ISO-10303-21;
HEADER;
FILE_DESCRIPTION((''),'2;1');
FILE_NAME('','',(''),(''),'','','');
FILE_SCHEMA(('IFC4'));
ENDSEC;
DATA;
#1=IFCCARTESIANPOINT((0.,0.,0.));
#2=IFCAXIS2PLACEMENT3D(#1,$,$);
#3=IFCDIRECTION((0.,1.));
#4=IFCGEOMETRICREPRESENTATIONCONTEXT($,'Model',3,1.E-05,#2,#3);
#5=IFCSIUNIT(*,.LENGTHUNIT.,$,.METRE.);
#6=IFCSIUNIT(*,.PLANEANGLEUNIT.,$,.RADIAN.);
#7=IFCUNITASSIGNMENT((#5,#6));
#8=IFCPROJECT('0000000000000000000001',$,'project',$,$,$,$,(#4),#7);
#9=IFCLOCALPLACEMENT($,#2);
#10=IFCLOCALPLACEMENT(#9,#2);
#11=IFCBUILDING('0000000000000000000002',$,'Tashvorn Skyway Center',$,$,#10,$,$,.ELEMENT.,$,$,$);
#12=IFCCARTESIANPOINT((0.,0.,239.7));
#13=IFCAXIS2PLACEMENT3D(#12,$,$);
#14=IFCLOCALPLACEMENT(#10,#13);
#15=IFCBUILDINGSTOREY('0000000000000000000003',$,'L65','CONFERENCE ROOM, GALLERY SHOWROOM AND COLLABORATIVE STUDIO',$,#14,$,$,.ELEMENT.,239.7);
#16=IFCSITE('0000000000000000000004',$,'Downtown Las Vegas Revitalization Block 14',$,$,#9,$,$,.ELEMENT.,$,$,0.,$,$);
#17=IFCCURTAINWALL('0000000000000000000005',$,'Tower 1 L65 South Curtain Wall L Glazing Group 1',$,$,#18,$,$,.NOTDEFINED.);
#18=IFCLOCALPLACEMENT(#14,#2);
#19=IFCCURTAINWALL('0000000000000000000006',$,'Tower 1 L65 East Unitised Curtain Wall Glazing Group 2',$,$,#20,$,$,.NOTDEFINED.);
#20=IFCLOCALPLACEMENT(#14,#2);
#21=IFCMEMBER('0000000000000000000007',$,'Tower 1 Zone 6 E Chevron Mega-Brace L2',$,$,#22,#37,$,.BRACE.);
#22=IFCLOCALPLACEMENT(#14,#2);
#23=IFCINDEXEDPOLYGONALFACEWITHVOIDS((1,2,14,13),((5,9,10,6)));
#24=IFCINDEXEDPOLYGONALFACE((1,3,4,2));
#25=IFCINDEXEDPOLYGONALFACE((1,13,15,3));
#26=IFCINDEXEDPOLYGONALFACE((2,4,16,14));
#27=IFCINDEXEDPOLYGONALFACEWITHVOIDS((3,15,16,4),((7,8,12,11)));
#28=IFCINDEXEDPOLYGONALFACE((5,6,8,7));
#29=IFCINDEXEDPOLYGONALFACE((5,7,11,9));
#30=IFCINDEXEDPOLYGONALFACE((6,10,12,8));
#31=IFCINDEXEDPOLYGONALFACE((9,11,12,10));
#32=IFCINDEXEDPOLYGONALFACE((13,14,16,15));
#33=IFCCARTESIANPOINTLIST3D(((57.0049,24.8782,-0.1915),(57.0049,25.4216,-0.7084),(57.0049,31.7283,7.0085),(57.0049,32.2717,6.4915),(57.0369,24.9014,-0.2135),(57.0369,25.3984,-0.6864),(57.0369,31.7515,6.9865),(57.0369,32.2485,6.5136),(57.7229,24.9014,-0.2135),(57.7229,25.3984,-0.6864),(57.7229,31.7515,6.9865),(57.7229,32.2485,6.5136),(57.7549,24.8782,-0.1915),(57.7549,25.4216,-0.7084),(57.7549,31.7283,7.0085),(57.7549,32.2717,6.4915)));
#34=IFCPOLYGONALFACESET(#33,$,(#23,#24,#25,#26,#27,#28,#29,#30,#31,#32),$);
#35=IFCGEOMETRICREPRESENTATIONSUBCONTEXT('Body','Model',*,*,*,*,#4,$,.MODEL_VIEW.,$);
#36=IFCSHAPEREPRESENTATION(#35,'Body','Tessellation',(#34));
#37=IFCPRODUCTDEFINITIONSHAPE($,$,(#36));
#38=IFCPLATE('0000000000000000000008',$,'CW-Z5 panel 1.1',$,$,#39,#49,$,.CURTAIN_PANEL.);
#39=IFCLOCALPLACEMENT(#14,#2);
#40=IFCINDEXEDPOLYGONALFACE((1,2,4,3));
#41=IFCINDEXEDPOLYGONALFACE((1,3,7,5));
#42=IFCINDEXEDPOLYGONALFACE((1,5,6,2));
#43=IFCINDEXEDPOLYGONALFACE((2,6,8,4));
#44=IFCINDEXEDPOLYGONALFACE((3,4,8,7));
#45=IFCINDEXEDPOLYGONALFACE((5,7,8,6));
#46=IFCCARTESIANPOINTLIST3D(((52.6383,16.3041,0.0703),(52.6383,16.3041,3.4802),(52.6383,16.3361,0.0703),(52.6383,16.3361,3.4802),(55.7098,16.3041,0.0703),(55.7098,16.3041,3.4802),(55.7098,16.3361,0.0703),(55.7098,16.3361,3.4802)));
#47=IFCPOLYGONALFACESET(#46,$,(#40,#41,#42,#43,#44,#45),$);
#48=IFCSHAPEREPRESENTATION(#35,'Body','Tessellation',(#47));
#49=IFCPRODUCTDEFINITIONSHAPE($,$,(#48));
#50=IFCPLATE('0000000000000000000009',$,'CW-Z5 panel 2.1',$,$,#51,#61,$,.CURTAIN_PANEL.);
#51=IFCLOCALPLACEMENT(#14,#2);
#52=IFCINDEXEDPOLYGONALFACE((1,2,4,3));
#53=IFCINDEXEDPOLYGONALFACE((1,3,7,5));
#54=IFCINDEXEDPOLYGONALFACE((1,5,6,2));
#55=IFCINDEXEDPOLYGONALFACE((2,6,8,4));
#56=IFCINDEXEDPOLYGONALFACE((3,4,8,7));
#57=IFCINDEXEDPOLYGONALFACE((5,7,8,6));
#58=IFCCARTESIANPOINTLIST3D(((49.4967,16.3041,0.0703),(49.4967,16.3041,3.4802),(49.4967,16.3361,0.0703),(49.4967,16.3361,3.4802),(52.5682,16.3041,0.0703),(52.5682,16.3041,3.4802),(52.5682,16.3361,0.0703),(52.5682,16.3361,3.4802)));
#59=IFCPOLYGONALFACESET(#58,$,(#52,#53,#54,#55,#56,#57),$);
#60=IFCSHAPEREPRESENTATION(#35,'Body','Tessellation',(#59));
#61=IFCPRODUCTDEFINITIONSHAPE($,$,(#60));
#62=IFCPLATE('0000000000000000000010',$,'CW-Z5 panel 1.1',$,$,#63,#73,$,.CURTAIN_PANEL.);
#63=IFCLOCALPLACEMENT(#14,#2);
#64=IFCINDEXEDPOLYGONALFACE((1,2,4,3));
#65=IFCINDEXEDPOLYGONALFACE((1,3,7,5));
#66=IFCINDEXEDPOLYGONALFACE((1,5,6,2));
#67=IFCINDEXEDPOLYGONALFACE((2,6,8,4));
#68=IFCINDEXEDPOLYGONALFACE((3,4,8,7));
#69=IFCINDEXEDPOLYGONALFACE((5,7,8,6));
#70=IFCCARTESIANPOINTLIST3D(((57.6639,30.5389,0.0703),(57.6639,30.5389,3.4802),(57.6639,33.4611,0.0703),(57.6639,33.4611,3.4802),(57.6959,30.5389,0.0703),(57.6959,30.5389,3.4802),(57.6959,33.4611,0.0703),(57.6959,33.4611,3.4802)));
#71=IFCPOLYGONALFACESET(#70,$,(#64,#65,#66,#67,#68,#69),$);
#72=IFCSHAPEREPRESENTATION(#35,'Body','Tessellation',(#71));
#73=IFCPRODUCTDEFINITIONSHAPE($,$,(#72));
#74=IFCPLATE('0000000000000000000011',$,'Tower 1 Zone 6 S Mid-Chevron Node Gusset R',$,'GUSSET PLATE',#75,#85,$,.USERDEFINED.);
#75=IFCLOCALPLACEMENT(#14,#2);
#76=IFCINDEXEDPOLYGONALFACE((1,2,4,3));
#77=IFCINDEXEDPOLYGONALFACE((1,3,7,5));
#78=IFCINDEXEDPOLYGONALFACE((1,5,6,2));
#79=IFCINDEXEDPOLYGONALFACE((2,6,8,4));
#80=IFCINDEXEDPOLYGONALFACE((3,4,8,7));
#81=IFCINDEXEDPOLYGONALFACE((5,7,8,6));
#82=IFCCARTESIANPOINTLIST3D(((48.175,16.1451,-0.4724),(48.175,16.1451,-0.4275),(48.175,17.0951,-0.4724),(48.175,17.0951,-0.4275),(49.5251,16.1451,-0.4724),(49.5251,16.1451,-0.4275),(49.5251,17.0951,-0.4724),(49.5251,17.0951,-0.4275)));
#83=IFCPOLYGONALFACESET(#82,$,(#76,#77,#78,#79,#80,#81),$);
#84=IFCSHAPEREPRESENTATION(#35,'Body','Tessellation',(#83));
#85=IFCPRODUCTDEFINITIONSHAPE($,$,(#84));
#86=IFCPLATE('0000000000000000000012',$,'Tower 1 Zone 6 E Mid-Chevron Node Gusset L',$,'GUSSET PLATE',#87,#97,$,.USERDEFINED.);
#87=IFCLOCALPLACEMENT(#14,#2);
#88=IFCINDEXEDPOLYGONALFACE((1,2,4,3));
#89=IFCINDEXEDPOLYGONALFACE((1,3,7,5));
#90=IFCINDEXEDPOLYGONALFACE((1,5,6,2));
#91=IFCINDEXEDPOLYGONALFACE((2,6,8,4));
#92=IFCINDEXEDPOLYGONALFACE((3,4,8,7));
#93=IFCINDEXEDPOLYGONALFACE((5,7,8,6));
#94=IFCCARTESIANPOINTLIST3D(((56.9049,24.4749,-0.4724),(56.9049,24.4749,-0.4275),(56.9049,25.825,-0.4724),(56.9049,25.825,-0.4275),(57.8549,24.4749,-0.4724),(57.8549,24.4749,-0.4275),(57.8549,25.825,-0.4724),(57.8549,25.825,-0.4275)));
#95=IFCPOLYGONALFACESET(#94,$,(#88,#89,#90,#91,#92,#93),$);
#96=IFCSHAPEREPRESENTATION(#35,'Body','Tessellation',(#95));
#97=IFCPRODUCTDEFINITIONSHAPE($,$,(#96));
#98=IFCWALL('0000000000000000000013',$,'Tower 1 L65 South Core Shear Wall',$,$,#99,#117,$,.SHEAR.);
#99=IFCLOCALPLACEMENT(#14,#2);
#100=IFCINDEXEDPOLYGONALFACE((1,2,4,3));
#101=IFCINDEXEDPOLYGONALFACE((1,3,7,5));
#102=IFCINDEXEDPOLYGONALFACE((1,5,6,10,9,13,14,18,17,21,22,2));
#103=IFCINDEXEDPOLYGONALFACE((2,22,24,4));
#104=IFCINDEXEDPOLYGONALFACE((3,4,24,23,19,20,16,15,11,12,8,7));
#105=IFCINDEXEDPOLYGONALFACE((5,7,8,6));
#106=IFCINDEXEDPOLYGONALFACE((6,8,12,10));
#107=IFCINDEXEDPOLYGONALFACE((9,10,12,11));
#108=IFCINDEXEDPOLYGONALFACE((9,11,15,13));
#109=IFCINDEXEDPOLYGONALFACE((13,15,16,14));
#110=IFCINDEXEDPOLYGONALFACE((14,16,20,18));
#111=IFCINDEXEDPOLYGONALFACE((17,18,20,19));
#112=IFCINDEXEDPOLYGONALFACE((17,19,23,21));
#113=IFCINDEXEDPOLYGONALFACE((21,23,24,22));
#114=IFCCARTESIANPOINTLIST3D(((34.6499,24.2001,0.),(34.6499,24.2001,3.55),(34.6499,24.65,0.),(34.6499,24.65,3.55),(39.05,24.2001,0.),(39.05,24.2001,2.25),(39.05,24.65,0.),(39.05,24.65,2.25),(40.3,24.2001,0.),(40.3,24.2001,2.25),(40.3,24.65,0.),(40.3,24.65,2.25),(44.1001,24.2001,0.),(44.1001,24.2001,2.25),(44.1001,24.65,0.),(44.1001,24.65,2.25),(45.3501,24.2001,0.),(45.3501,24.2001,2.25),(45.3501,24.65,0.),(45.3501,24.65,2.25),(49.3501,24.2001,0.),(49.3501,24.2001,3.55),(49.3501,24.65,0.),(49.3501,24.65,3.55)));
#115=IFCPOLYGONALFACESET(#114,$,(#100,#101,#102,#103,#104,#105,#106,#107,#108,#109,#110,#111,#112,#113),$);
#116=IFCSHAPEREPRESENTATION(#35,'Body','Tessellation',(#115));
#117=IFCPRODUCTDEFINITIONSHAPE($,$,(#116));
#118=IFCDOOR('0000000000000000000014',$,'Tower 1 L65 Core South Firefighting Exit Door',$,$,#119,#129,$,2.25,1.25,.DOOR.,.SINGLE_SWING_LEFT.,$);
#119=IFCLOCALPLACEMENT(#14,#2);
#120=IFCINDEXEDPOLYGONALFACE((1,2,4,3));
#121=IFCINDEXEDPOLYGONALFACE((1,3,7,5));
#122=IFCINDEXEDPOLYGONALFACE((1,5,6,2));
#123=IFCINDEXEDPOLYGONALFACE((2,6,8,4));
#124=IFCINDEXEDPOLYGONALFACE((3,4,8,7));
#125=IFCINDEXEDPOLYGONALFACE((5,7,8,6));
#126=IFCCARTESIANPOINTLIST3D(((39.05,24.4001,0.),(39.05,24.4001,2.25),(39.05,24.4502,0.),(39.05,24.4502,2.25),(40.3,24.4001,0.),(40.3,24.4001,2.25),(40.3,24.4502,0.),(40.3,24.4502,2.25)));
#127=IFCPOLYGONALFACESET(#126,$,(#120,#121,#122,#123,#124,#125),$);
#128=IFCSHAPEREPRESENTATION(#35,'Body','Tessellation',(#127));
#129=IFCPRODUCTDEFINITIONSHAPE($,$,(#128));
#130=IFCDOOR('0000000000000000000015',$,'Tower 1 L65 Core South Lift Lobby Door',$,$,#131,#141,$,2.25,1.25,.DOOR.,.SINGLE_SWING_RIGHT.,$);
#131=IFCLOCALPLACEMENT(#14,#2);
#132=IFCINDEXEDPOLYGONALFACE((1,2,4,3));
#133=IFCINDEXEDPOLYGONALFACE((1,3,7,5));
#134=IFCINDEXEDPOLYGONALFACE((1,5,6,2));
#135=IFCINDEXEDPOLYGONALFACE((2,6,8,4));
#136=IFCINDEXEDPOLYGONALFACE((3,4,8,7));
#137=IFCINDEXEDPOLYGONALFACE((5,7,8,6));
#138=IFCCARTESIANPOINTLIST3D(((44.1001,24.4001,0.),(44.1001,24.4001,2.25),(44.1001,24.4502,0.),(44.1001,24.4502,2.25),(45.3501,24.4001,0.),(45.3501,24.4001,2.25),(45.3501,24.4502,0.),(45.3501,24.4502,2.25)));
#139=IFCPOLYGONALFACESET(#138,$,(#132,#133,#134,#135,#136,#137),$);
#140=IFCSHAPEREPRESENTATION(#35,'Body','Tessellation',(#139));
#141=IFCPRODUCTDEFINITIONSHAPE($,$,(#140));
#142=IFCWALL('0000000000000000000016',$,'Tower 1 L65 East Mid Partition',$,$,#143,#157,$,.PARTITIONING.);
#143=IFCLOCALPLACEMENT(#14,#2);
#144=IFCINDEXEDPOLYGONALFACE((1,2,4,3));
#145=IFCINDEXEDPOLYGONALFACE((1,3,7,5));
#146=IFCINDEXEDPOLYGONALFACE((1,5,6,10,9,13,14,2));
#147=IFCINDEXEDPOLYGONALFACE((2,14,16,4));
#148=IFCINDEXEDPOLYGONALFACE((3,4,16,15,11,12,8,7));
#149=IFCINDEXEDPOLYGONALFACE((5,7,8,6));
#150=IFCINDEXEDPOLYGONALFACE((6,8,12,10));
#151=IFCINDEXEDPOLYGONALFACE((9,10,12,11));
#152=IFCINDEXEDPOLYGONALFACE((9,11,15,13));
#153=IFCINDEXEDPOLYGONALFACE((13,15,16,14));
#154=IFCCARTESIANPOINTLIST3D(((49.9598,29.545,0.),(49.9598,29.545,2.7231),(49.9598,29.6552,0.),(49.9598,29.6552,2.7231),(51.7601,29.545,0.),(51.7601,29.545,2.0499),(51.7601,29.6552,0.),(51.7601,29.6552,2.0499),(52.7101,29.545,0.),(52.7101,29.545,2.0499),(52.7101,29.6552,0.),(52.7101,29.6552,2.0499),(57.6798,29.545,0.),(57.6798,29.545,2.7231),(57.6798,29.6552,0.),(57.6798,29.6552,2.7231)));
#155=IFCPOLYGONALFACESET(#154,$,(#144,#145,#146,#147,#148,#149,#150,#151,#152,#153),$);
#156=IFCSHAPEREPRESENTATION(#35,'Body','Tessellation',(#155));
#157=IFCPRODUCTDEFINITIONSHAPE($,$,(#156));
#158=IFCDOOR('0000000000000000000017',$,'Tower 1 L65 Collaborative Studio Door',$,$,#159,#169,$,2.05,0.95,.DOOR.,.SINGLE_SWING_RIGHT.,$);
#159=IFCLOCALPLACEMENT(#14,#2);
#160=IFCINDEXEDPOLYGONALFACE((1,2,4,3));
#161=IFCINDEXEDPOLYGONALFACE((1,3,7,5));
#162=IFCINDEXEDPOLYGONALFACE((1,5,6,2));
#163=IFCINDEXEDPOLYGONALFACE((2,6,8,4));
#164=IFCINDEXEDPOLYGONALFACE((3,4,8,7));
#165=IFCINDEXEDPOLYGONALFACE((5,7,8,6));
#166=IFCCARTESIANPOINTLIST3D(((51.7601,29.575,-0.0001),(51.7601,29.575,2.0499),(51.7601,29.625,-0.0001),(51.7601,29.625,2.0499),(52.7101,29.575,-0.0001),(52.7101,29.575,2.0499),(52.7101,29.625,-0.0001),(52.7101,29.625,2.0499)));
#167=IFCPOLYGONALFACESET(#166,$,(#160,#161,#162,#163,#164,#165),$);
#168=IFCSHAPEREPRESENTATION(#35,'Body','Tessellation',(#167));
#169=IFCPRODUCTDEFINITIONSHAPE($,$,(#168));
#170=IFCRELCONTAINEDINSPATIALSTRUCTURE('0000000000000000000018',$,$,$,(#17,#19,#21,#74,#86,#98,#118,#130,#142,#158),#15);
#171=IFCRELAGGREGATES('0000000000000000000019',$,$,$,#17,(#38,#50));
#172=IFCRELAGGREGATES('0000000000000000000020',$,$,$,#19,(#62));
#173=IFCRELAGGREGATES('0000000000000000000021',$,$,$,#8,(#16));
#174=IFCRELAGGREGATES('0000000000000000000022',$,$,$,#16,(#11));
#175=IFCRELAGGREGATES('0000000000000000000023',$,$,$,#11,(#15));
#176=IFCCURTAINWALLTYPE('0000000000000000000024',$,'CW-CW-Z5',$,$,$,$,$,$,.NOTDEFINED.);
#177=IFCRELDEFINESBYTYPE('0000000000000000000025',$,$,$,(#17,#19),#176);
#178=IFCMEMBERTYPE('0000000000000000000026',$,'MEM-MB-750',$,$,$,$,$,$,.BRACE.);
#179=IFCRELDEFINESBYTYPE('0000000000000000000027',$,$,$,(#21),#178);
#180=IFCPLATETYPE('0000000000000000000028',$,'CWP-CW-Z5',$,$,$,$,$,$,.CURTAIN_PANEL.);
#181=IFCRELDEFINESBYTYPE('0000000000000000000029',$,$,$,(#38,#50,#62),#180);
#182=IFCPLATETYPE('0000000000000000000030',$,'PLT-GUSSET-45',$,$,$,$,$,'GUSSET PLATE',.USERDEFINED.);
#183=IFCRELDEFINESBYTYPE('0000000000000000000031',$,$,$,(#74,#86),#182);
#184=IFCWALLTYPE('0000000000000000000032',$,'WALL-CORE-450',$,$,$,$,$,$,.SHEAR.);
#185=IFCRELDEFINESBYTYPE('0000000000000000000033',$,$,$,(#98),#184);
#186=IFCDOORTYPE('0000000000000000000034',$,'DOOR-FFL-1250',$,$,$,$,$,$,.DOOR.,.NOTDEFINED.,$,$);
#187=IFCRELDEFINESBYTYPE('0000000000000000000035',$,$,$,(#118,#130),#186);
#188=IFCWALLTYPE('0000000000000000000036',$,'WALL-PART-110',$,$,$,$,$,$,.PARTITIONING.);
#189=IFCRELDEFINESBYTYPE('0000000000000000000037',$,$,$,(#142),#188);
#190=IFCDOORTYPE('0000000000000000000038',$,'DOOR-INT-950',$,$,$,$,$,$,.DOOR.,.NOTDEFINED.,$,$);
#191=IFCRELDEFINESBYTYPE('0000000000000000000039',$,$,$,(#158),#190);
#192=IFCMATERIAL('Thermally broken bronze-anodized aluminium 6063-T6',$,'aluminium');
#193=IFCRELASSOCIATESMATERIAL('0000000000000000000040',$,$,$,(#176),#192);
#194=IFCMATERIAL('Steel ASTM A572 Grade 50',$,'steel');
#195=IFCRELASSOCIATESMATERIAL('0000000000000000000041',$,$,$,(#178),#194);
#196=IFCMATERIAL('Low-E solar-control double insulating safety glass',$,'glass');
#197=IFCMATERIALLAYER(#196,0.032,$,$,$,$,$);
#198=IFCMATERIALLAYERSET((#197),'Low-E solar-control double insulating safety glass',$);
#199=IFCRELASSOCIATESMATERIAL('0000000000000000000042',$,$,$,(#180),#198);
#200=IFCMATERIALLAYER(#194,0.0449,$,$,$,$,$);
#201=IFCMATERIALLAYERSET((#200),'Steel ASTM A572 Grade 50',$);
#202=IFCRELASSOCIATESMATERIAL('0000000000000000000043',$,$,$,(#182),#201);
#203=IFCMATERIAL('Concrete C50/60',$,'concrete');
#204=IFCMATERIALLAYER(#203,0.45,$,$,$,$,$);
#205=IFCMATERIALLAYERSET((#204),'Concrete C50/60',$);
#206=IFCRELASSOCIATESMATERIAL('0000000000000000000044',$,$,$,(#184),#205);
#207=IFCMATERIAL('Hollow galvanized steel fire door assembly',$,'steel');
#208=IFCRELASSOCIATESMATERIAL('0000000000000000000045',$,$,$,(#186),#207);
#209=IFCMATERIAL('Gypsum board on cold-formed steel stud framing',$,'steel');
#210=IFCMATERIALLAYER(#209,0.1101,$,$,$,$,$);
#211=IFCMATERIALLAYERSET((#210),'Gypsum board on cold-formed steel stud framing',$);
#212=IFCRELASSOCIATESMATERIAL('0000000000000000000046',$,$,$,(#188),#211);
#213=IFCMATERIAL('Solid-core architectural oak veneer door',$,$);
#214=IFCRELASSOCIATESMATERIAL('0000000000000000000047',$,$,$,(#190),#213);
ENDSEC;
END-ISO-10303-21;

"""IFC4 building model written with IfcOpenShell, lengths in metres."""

from ifc_helpers import new_model, si_unit, direction, frame, frame_2d, origin, origin_2d, place, context, subcontext, project, spatial, rectangle, hollow_rectangle, extrude, material, layer, layer_set, material_profile, profile_set, type_object, element, fill, aggregate, save


model = new_model("IFC4")

# Units and contexts
model_context = context("Model", 3, precision=1e-05, world=origin(), true_north=direction((0.0, 1.0)))
body_context = subcontext(model_context, "Body", "Model", "MODEL_VIEW")
ifc_project = project(units=[si_unit("LENGTHUNIT", "METRE"), si_unit("PLANEANGLEUNIT", "RADIAN")], contexts=[model_context])

# Site, building, storey
site_placement = place(None, origin())
site = spatial("IfcSite", under=ifc_project, at=site_placement, Name="Downtown Las Vegas Revitalization Block 14", CompositionType="ELEMENT", RefElevation=0.0)
building_placement = place(site_placement, origin())
building = spatial("IfcBuilding", under=site, at=building_placement, Name="Tashvorn Skyway Center", CompositionType="ELEMENT")
storey_placement = place(building_placement, frame((0.0, 0.0, 239.7)))
storey = spatial("IfcBuildingStorey", under=building, at=storey_placement, Name="L65", Description="CONFERENCE ROOM, GALLERY SHOWROOM AND COLLABORATIVE STUDIO", CompositionType="ELEMENT", Elevation=239.7)

# Shared definitions
ifc_material_1 = material(Name="Steel ASTM A572 Grade 50", Category="steel")

# Curtain wall
ifc_material_2 = material(Name="Thermally broken bronze-anodized aluminium 6063-T6", Category="aluminium")
curtain_wall_type = type_object("IfcCurtainWallType", Name="CW-CW-Z5", PredefinedType="NOTDEFINED", material=ifc_material_2)
curtain_wall_1_placement = place(storey_placement, origin())
curtain_wall_1 = element("IfcCurtainWall", 1, at=curtain_wall_1_placement, inside=storey, type_object=curtain_wall_type, Name="Tower 1 L65 South Curtain Wall L Glazing Group 1", PredefinedType="NOTDEFINED")

# Curtain wall
curtain_wall_2_placement = place(storey_placement, origin())
curtain_wall_2 = element("IfcCurtainWall", 2, at=curtain_wall_2_placement, inside=storey, type_object=curtain_wall_type, Name="Tower 1 L65 East Unitised Curtain Wall Glazing Group 2", PredefinedType="NOTDEFINED")

# Member
ifc_material_profile_1 = material_profile(ifc_material_1, hollow_rectangle(XDim=0.75, YDim=0.75, WallThickness=0.032, at=origin_2d()), Name="BOX750x750x32")
ifc_profile_set_1 = profile_set([ifc_material_profile_1], Name="Steel ASTM A572 Grade 50")
member_type_1 = type_object("IfcMemberType", Name="MEM-MB-750", PredefinedType="BRACE", material=ifc_profile_set_1)
member_1_placement = place(storey_placement, frame((57.3799, 25.1499, -0.45), z_axis=(0.0, 0.689286, 0.72449), x_axis=(-1.0, 0.0, 0.0)))
element("IfcMember", 3, at=member_1_placement, inside=storey, type_object=member_type_1, Name="Tower 1 Zone 6 E Chevron Mega-Brace L2", PredefinedType="BRACE", context=body_context, shape_type="SweptSolid", body=[
    extrude(hollow_rectangle(XDim=0.75, YDim=0.75, WallThickness=0.032, at=origin_2d()), origin(), (0.0, 0.0, 1.0), 9.938),
])

# Plates
ifc_material_3 = material(Name="Low-E solar-control double insulating safety glass", Category="glass")
ifc_layer_1 = layer(ifc_material_3, 0.032)
ifc_layer_set_1 = layer_set([ifc_layer_1], Name="Low-E solar-control double insulating safety glass")
plate_type_1 = type_object("IfcPlateType", Name="CWP-CW-Z5", PredefinedType="CURTAIN_PANEL", material=ifc_layer_set_1)
plate_1_placement = place(storey_placement, frame((54.1741, 16.3201, 0.0703), z_axis=(0.0, 0.0, 1.0), x_axis=(-1.0, 0.0, 0.0)))
plate_1 = element("IfcPlate", 4, at=plate_1_placement, type_object=plate_type_1, Name="CW-Z5 panel 1.1", PredefinedType="CURTAIN_PANEL", context=body_context, shape_type="SweptSolid", body=[
    extrude(rectangle(XDim=3.0715, YDim=0.032, at=origin_2d()), origin(), (0.0, 0.0, 1.0), 3.4099),
])
plate_2_placement = place(storey_placement, frame((51.0325, 16.3201, 0.0703), z_axis=(0.0, 0.0, 1.0), x_axis=(-1.0, 0.0, 0.0)))
plate_2 = element("IfcPlate", 5, at=plate_2_placement, type_object=plate_type_1, Name="CW-Z5 panel 2.1", PredefinedType="CURTAIN_PANEL", context=body_context, shape_type="SweptSolid", body=[
    extrude(rectangle(XDim=3.0715, YDim=0.032, at=origin_2d()), origin(), (0.0, 0.0, 1.0), 3.4099),
])
aggregate(curtain_wall_1, [plate_1, plate_2])
plate_3_placement = place(storey_placement, frame((57.6799, 32.0, 0.0703), z_axis=(0.0, 0.0, 1.0), x_axis=(0.0, -1.0, 0.0)))
plate_3 = element("IfcPlate", 6, at=plate_3_placement, type_object=plate_type_1, Name="CW-Z5 panel 1.1", PredefinedType="CURTAIN_PANEL", context=body_context, shape_type="SweptSolid", body=[
    extrude(rectangle(XDim=2.9221, YDim=0.032, at=origin_2d()), origin(), (0.0, 0.0, 1.0), 3.4099),
])
aggregate(curtain_wall_2, [plate_3])

# Plates
ifc_layer_2 = layer(ifc_material_1, 0.0449)
ifc_layer_set_2 = layer_set([ifc_layer_2], Name="Steel ASTM A572 Grade 50")
plate_type_2 = type_object("IfcPlateType", Name="PLT-GUSSET-45", ElementType="GUSSET PLATE", PredefinedType="USERDEFINED", material=ifc_layer_set_2)
for number, where, z_axis, x_axis, name in (
    (7, (48.8501, 16.6201, -0.4724), (0.0, 0.0, 1.0), (1.0, 0.0, 0.0), "Tower 1 Zone 6 S Mid-Chevron Node Gusset R"),
    (8, (57.3799, 25.1499, -0.4724), (0.0, 0.0, 1.0), (0.0, 1.0, 0.0), "Tower 1 Zone 6 E Mid-Chevron Node Gusset L"),
):
    element("IfcPlate", number, at=place(storey_placement, frame(where, z_axis=z_axis, x_axis=x_axis)), inside=storey, type_object=plate_type_2, Name=name, ObjectType="GUSSET PLATE", PredefinedType="USERDEFINED", context=body_context, shape_type="SweptSolid", body=[
        extrude(rectangle(XDim=1.3501, YDim=0.95, at=origin_2d()), origin(), (0.0, 0.0, 1.0), 0.0449),
    ])

# Wall, openings, doors
ifc_material_4 = material(Name="Concrete C50/60", Category="concrete")
ifc_layer_3 = layer(ifc_material_4, 0.45)
ifc_layer_set_3 = layer_set([ifc_layer_3], Name="Concrete C50/60")
wall_type_1 = type_object("IfcWallType", Name="WALL-CORE-450", PredefinedType="SHEAR", material=ifc_layer_set_3)
wall_1_placement = place(storey_placement, frame((49.3501, 24.425, 0.0), z_axis=(0.0, 0.0, 1.0), x_axis=(-1.0, 0.0, 0.0)))
wall_1 = element("IfcWall", 9, at=wall_1_placement, inside=storey, type_object=wall_type_1, Name="Tower 1 L65 South Core Shear Wall", PredefinedType="SHEAR", context=body_context, shape_type="SweptSolid", body=[
    extrude(rectangle(XDim=14.7002, YDim=0.45, at=frame_2d((7.3501, 0.0))), origin(), (0.0, 0.0, 1.0), 3.55),
])
opening_1_placement = place(wall_1_placement, frame((9.05, 0.0, 0.0)))
opening_1 = element("IfcOpeningElement", 10, at=opening_1_placement, cuts=wall_1, PredefinedType="OPENING", context=body_context, shape_type="SweptSolid", body=[
    extrude(rectangle(XDim=1.25, YDim=2.25, at=frame_2d((0.625, 1.125))), frame((0.0, 0.2349, 0.0), z_axis=(0.0, -1.0, 0.0), x_axis=(1.0, 0.0, 0.0)), (0.0, 0.0, 1.0), 0.47),
])
opening_2_placement = place(wall_1_placement, frame((4.0, 0.0, 0.0)))
opening_2 = element("IfcOpeningElement", 11, at=opening_2_placement, cuts=wall_1, PredefinedType="OPENING", context=body_context, shape_type="SweptSolid", body=[
    extrude(rectangle(XDim=1.25, YDim=2.25, at=frame_2d((0.625, 1.125))), frame((0.0, 0.2349, 0.0), z_axis=(0.0, -1.0, 0.0), x_axis=(1.0, 0.0, 0.0)), (0.0, 0.0, 1.0), 0.47),
])
ifc_material_5 = material(Name="Hollow galvanized steel fire door assembly", Category="steel")
door_type_1 = type_object("IfcDoorType", Name="DOOR-FFL-1250", OperationType="NOTDEFINED", PredefinedType="DOOR", material=ifc_material_5)
door_1_placement = place(opening_1_placement, origin())
door_1 = element("IfcDoor", 12, at=door_1_placement, inside=storey, type_object=door_type_1, Name="Tower 1 L65 Core South Firefighting Exit Door", OperationType="SINGLE_SWING_LEFT", OverallHeight=2.25, OverallWidth=1.25, PredefinedType="DOOR", context=body_context, shape_type="SweptSolid", body=[
    extrude(rectangle(XDim=1.25, YDim=2.25, at=frame_2d((0.625, 1.125))), frame((0.0, 0.0249, 0.0), z_axis=(0.0, -1.0, 0.0), x_axis=(1.0, 0.0, 0.0)), (0.0, 0.0, 1.0), 0.05),
])
fill(opening_1, door_1)
door_2_placement = place(opening_2_placement, origin())
door_2 = element("IfcDoor", 13, at=door_2_placement, inside=storey, type_object=door_type_1, Name="Tower 1 L65 Core South Lift Lobby Door", OperationType="SINGLE_SWING_RIGHT", OverallHeight=2.25, OverallWidth=1.25, PredefinedType="DOOR", context=body_context, shape_type="SweptSolid", body=[
    extrude(rectangle(XDim=1.25, YDim=2.25, at=frame_2d((0.625, 1.125))), frame((0.0, 0.0249, 0.0), z_axis=(0.0, -1.0, 0.0), x_axis=(1.0, 0.0, 0.0)), (0.0, 0.0, 1.0), 0.05),
])
fill(opening_2, door_2)

# Wall, opening, door
ifc_material_6 = material(Name="Gypsum board on cold-formed steel stud framing", Category="steel")
ifc_layer_4 = layer(ifc_material_6, 0.1101)
ifc_layer_set_4 = layer_set([ifc_layer_4], Name="Gypsum board on cold-formed steel stud framing")
wall_type_2 = type_object("IfcWallType", Name="WALL-PART-110", PredefinedType="PARTITIONING", material=ifc_layer_set_4)
wall_2_placement = place(storey_placement, frame((49.96, 29.6001, 0.0), z_axis=(0.0, 0.0, 1.0), x_axis=(1.0, 0.0, 0.0)))
wall_2 = element("IfcWall", 14, at=wall_2_placement, inside=storey, type_object=wall_type_2, Name="Tower 1 L65 East Mid Partition", PredefinedType="PARTITIONING", context=body_context, shape_type="SweptSolid", body=[
    extrude(rectangle(XDim=7.72, YDim=0.1101, at=frame_2d((3.8599, 0.0))), origin(), (0.0, 0.0, 1.0), 2.7231),
])
opening_3_placement = place(wall_2_placement, frame((1.8, 0.0, 0.0)))
opening_3 = element("IfcOpeningElement", 15, at=opening_3_placement, cuts=wall_2, PredefinedType="OPENING", context=body_context, shape_type="SweptSolid", body=[
    extrude(rectangle(XDim=0.95, YDim=2.05, at=frame_2d((0.4751, 1.0249))), frame((0.0, 0.0649, 0.0), z_axis=(0.0, -1.0, 0.0), x_axis=(1.0, 0.0, 0.0)), (0.0, 0.0, 1.0), 0.1301),
])
ifc_material_7 = material(Name="Solid-core architectural oak veneer door")
door_type_2 = type_object("IfcDoorType", Name="DOOR-INT-950", OperationType="NOTDEFINED", PredefinedType="DOOR", material=ifc_material_7)
door_3_placement = place(opening_3_placement, origin())
door_3 = element("IfcDoor", 16, at=door_3_placement, inside=storey, type_object=door_type_2, Name="Tower 1 L65 Collaborative Studio Door", OperationType="SINGLE_SWING_RIGHT", OverallHeight=2.05, OverallWidth=0.95, PredefinedType="DOOR", context=body_context, shape_type="SweptSolid", body=[
    extrude(rectangle(XDim=0.95, YDim=2.05, at=frame_2d((0.4751, 1.0249))), frame((0.0, 0.0249, 0.0), z_axis=(0.0, -1.0, 0.0), x_axis=(1.0, 0.0, 0.0)), (0.0, 0.0, 1.0), 0.05),
])
fill(opening_3, door_3)

save(model, "model.ifc")
